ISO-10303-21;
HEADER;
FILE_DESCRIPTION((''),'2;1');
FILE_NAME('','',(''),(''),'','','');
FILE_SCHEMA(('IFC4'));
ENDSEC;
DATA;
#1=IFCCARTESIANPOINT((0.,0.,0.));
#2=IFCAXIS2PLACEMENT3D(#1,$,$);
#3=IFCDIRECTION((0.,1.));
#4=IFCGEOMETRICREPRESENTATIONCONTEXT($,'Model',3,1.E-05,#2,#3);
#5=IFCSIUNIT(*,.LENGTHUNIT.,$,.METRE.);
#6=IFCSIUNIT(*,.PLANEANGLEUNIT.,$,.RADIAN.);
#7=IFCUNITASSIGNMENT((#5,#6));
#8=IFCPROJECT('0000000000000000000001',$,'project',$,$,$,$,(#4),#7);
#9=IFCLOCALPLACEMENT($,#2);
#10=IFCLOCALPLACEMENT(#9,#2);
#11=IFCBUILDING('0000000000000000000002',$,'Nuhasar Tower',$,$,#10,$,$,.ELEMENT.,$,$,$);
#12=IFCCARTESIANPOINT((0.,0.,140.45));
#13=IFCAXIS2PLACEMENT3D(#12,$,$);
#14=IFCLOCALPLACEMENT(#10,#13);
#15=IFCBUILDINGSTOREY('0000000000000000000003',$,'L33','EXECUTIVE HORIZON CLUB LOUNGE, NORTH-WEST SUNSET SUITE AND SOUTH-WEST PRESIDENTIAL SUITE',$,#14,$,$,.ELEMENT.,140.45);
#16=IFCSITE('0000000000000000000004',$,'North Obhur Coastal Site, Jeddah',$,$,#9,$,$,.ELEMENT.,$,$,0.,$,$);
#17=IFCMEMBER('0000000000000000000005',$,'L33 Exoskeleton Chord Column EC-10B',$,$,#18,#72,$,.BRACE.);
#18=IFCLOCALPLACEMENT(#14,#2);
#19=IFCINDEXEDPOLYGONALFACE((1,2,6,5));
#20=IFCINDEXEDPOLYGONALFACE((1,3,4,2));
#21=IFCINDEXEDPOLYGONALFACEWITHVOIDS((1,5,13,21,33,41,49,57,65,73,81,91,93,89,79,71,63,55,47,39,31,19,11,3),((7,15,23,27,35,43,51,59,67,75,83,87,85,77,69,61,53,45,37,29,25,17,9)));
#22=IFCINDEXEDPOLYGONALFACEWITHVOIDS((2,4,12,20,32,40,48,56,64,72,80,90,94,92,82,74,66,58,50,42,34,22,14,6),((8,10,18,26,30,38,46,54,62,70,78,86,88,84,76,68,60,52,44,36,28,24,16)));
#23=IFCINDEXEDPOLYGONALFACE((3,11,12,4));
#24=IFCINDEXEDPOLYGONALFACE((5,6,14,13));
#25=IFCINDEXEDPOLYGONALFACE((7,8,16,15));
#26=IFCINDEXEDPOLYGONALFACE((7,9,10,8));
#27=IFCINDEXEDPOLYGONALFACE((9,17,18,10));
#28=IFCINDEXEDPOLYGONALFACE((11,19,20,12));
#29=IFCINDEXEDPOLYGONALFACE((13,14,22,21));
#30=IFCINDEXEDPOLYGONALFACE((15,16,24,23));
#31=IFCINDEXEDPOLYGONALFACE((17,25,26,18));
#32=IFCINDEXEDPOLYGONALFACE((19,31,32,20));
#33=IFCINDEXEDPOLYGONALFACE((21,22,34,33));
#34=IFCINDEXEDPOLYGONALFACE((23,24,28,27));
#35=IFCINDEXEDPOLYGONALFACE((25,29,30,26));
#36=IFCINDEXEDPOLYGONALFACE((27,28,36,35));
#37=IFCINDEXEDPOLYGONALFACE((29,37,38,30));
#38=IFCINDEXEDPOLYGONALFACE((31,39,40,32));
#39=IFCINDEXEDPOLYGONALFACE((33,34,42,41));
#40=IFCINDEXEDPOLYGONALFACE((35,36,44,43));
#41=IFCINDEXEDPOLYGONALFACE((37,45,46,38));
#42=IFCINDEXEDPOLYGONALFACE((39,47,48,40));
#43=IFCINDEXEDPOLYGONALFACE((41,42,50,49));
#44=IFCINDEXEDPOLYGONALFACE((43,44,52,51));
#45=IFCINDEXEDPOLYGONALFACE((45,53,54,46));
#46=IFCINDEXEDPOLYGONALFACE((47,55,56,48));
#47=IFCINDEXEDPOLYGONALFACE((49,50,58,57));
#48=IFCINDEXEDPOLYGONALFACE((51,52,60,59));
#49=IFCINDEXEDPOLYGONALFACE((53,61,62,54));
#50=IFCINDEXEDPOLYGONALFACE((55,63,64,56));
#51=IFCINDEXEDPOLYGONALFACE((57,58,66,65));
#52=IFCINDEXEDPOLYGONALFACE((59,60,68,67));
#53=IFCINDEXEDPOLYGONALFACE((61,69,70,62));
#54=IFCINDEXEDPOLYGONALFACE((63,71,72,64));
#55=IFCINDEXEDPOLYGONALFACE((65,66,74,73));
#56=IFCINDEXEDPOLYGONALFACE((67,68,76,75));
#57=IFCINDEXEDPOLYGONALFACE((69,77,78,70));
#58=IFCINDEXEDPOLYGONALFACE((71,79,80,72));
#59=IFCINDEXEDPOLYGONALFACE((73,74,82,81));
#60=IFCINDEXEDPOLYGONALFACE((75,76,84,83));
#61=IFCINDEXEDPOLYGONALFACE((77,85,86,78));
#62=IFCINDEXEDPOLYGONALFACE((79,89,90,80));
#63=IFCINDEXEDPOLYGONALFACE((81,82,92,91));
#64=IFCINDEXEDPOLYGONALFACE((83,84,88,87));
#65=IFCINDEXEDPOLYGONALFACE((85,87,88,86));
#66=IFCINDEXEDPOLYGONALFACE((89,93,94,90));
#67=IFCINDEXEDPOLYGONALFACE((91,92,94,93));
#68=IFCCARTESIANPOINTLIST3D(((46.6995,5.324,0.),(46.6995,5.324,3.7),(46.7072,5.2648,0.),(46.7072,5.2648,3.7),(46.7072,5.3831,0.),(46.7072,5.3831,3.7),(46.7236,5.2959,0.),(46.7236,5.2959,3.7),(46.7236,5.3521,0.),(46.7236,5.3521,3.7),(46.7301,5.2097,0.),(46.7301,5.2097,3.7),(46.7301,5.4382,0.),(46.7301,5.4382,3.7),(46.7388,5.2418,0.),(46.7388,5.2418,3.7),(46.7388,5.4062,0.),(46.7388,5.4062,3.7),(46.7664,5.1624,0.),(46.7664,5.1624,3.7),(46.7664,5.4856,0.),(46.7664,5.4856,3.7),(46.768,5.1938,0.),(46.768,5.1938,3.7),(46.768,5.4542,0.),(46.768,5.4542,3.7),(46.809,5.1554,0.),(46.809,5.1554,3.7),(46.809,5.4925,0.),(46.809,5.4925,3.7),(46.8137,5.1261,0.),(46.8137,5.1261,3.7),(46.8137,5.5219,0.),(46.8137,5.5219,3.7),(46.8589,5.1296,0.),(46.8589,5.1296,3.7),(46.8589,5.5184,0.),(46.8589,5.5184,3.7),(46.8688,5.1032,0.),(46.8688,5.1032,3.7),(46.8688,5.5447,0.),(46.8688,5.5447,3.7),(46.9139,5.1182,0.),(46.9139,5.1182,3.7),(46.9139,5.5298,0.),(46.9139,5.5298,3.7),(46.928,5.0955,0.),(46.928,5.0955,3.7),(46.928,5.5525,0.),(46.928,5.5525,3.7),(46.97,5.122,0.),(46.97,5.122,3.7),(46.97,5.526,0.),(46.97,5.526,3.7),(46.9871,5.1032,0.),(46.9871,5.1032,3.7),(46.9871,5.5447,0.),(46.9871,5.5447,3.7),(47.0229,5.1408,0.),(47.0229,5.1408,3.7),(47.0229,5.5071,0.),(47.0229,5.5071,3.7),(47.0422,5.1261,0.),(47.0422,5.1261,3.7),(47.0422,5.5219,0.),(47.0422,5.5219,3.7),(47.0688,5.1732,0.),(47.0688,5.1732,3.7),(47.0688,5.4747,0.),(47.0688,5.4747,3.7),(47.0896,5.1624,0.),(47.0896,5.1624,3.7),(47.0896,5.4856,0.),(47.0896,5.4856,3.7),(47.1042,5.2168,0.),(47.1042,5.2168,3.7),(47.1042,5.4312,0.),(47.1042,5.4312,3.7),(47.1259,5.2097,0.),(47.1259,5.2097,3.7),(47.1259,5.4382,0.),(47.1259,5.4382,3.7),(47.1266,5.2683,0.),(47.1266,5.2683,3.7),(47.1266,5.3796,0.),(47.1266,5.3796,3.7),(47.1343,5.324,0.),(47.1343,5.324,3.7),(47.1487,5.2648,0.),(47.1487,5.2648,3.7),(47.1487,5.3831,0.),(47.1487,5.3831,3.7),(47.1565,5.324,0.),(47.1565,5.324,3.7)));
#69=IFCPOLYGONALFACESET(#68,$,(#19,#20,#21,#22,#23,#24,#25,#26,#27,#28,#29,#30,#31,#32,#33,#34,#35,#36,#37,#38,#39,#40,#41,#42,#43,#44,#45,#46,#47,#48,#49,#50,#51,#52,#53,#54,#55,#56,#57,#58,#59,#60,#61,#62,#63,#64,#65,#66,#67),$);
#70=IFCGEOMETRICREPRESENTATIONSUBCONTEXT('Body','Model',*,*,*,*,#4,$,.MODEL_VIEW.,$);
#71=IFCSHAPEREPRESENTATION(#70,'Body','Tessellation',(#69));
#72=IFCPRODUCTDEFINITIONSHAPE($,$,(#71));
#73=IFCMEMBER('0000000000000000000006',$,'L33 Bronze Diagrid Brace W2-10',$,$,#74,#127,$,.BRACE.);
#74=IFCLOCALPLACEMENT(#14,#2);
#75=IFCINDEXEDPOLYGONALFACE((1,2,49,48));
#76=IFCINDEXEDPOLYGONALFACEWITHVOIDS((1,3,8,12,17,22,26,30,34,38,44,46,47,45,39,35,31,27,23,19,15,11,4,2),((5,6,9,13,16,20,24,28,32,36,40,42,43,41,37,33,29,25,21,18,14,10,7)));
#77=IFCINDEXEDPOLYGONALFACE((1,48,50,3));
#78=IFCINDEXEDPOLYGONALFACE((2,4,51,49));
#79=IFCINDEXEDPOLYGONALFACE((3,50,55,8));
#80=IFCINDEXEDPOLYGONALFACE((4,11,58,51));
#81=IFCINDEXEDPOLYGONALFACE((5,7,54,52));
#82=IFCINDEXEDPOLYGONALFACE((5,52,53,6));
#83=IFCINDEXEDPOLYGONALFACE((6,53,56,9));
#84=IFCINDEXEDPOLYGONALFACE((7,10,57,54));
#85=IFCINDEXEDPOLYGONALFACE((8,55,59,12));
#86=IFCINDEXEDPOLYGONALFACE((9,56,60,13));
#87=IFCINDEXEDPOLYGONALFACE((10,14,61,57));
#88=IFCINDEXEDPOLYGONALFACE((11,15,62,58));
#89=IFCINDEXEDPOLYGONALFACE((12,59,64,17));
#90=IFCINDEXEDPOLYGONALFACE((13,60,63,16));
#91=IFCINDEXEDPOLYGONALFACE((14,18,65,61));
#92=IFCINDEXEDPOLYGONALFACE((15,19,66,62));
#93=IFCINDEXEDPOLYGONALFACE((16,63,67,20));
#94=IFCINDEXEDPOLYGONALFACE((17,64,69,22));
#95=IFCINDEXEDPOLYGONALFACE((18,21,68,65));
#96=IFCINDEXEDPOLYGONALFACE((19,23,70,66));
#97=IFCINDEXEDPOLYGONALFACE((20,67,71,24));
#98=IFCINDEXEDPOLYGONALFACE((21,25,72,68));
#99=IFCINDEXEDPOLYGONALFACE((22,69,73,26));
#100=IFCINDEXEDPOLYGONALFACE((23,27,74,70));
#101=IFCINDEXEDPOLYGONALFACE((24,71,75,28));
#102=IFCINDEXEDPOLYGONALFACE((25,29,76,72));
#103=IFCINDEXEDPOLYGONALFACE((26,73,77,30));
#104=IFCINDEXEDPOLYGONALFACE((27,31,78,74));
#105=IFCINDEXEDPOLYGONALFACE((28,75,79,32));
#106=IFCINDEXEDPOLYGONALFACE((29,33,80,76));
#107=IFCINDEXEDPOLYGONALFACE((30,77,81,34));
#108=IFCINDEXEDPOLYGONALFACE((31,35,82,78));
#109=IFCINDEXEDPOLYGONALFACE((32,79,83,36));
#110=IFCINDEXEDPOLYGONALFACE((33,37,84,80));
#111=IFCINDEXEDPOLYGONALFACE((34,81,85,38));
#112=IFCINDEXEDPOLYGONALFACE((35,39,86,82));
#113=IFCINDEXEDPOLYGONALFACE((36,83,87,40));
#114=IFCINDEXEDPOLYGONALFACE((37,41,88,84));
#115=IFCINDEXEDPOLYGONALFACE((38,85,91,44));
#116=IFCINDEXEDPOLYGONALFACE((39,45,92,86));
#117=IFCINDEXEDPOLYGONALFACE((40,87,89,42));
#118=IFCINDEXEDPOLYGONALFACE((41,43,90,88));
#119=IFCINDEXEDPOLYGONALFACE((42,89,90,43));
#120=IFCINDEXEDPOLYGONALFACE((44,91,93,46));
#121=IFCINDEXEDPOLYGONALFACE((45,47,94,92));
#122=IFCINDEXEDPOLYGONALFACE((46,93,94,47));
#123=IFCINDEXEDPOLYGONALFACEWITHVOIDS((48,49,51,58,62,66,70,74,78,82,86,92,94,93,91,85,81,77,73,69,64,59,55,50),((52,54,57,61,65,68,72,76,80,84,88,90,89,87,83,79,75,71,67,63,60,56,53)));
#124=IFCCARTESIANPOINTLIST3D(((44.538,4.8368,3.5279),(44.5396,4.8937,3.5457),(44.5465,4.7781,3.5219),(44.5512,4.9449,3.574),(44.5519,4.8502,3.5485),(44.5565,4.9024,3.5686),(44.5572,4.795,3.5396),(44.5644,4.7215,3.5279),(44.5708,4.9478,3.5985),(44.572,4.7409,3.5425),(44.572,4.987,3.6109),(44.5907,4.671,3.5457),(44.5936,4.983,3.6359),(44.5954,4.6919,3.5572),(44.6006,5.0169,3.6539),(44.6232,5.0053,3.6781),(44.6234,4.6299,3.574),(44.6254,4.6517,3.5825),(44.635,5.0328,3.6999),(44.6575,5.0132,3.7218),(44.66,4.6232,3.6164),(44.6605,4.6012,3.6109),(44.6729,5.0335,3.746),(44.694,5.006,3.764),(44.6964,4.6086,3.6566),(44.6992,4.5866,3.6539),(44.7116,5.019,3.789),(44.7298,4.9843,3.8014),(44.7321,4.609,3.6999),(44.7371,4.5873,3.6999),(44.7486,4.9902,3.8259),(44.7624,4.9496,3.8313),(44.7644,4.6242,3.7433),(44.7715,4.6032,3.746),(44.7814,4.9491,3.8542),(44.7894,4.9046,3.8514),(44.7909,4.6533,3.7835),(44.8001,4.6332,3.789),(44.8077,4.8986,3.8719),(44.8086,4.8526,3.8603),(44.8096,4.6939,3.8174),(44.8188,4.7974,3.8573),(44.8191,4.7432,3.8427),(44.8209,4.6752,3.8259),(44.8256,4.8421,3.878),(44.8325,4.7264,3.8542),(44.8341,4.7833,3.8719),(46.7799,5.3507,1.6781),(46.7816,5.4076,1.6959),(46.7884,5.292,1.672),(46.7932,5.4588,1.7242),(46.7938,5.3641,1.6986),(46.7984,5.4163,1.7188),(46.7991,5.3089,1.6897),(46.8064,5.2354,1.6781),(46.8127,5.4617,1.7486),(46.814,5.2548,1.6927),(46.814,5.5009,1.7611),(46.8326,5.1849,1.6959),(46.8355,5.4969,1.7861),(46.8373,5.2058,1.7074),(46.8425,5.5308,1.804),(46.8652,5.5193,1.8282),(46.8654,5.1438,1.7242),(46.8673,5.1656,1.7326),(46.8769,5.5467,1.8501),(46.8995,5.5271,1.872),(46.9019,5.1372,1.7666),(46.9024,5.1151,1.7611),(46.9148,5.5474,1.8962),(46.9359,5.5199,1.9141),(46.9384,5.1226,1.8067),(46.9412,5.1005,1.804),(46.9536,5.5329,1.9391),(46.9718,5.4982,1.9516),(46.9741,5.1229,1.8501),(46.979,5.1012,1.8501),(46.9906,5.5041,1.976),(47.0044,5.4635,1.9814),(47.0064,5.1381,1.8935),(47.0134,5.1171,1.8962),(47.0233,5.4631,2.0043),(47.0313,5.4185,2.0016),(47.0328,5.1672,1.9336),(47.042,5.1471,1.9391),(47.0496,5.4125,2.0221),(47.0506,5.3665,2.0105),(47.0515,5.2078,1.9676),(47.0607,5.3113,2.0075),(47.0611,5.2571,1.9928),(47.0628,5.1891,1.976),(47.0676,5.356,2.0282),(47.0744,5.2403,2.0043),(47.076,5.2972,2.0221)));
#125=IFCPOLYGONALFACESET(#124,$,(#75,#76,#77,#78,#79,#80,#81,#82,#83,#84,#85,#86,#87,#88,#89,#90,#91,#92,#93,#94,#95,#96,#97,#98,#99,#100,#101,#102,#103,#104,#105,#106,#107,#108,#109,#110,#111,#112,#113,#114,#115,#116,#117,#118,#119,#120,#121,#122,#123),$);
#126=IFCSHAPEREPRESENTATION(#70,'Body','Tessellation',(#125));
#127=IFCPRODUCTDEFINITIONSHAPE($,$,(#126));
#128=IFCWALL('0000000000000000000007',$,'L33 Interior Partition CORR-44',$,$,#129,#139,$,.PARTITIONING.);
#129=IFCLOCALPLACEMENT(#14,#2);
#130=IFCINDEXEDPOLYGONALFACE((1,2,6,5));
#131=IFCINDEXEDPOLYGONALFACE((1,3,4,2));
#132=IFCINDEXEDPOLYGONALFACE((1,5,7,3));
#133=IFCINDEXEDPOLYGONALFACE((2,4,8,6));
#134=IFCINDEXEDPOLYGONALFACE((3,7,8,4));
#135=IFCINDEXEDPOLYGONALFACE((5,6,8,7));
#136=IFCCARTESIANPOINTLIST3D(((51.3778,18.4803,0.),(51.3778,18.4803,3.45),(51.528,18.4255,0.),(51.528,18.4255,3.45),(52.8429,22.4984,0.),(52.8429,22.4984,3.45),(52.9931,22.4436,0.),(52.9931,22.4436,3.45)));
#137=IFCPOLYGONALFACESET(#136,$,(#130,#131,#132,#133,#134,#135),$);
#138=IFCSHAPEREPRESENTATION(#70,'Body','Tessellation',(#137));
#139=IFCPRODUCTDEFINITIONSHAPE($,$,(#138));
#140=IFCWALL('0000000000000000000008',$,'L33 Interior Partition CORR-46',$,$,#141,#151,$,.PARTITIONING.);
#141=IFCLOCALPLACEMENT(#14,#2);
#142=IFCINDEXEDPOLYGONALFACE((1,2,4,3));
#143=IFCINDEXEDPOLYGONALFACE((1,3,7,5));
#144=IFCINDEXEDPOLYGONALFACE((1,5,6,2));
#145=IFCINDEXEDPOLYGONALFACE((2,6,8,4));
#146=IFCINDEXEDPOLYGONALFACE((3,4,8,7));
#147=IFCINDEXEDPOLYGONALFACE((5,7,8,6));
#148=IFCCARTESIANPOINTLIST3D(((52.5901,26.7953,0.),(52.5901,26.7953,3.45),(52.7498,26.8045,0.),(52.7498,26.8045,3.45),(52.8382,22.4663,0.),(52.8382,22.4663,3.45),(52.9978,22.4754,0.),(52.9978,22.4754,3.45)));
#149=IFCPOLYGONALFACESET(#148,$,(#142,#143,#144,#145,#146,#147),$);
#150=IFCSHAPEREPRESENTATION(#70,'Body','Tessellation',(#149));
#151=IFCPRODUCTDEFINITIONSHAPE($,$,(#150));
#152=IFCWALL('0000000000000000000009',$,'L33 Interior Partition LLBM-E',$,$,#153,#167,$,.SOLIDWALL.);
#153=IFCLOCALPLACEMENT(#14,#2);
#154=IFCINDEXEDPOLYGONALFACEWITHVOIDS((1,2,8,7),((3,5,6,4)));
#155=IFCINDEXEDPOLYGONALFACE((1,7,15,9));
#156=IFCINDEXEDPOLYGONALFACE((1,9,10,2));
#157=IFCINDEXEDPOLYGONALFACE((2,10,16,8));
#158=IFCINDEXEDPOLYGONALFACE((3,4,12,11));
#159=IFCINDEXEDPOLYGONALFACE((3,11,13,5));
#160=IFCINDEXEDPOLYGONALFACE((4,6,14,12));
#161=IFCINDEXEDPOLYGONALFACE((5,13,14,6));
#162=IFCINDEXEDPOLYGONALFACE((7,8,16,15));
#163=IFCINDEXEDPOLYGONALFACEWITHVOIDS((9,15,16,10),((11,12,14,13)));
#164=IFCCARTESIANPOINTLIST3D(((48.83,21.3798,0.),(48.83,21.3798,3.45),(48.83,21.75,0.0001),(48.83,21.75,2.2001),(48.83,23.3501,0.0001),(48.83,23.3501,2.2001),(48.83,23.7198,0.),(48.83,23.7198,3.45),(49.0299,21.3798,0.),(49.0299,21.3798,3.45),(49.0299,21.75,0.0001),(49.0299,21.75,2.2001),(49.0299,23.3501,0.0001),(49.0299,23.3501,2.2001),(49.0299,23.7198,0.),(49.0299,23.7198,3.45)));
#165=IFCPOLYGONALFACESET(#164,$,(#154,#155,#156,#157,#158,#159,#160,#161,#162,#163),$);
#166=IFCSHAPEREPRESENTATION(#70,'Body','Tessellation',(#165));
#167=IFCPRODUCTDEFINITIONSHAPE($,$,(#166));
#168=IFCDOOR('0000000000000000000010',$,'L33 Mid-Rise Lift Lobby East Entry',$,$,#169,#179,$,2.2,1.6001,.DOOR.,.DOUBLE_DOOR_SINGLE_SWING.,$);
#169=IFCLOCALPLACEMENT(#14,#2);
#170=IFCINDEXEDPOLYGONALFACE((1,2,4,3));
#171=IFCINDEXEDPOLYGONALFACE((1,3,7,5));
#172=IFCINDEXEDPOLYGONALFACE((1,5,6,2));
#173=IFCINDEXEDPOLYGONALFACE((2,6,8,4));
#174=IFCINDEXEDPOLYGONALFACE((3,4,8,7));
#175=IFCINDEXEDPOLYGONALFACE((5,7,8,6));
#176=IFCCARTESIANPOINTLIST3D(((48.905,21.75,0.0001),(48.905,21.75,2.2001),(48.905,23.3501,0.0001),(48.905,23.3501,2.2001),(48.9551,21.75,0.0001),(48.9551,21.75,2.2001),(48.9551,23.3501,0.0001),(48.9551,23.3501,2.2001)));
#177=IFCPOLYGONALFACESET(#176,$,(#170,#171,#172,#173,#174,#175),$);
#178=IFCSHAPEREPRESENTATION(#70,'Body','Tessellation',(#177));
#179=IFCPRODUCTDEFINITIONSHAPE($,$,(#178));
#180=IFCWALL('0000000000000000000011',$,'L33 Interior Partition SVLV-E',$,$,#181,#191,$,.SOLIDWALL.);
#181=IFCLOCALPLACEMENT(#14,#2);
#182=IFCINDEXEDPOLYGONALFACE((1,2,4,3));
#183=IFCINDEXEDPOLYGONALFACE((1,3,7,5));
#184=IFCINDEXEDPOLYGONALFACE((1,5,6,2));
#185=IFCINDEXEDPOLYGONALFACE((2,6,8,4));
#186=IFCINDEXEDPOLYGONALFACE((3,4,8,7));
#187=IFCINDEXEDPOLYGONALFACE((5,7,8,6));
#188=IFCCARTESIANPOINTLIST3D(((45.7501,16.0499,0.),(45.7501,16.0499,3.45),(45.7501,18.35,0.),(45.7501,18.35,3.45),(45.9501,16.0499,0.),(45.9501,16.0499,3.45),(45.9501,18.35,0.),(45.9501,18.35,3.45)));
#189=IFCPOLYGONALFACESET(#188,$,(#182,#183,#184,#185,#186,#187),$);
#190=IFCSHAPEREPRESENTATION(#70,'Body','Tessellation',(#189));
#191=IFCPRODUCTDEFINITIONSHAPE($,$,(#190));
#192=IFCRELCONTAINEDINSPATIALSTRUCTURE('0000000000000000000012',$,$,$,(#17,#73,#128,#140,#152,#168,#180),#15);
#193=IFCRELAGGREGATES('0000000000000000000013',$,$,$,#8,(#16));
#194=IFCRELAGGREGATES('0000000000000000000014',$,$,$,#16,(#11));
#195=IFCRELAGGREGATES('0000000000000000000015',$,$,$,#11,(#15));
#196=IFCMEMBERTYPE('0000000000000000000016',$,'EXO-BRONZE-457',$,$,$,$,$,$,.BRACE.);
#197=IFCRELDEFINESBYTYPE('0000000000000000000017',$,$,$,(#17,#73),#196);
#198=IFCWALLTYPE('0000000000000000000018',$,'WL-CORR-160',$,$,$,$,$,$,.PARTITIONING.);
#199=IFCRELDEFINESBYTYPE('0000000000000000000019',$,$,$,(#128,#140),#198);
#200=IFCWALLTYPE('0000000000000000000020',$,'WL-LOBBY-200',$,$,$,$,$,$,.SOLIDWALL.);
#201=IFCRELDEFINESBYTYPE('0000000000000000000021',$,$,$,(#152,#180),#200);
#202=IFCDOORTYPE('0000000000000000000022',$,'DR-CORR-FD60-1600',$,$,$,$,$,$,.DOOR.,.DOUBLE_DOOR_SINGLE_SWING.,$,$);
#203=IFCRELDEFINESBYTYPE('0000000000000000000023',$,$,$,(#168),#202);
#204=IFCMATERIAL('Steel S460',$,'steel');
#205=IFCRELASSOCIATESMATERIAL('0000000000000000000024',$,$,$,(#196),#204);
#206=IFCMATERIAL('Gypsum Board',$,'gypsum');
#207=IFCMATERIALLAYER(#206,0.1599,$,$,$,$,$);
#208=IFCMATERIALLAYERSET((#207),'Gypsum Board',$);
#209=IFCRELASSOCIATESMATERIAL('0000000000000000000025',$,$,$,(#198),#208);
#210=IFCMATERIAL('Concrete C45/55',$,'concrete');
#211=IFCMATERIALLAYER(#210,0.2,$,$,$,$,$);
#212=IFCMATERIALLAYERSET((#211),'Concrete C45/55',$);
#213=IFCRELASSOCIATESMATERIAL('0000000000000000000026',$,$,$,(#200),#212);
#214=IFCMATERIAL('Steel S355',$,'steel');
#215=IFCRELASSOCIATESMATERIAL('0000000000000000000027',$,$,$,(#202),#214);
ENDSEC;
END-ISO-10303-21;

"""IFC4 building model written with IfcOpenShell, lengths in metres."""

from ifc_helpers import new_model, si_unit, direction, frame, frame_2d, origin, origin_2d, place, context, subcontext, project, spatial, rectangle, hollow_circle, extrude, material, layer, layer_set, material_profile, profile_set, type_object, element, fill, save


model = new_model("IFC4")

# Units and contexts
model_context = context("Model", 3, precision=1e-05, world=origin(), true_north=direction((0.0, 1.0)))
body_context = subcontext(model_context, "Body", "Model", "MODEL_VIEW")
ifc_project = project(units=[si_unit("LENGTHUNIT", "METRE"), si_unit("PLANEANGLEUNIT", "RADIAN")], contexts=[model_context])

# Site, building, storey
site_placement = place(None, origin())
site = spatial("IfcSite", under=ifc_project, at=site_placement, Name="North Obhur Coastal Site, Jeddah", CompositionType="ELEMENT", RefElevation=0.0)
building_placement = place(site_placement, origin())
building = spatial("IfcBuilding", under=site, at=building_placement, Name="Nuhasar Tower", CompositionType="ELEMENT")
storey_placement = place(building_placement, frame((0.0, 0.0, 140.45)))
storey = spatial("IfcBuildingStorey", under=building, at=storey_placement, Name="L33", Description="EXECUTIVE HORIZON CLUB LOUNGE, NORTH-WEST SUNSET SUITE AND SOUTH-WEST PRESIDENTIAL SUITE", CompositionType="ELEMENT", Elevation=140.45)

# Shared definitions
ifc_material_1 = material(Name="Steel S355", Category="steel")

# Members
ifc_material_2 = material(Name="Steel S460", Category="steel")
ifc_material_profile_1 = material_profile(ifc_material_2, hollow_circle(Radius=0.2285, WallThickness=0.0222, at=origin_2d()), Name="HSS457X22.2")
ifc_profile_set_1 = profile_set([ifc_material_profile_1], Name="Steel S460")
member_type_1 = type_object("IfcMemberType", Name="EXO-BRONZE-457", PredefinedType="BRACE", material=ifc_profile_set_1)
member_1_placement = place(storey_placement, frame((46.928, 5.324, 0.0), z_axis=(0.0, 0.0, 1.0), x_axis=(1.0, 0.0, 0.0)))
element("IfcMember", 1, at=member_1_placement, inside=storey, type_object=member_type_1, Name="L33 Exoskeleton Chord Column EC-10B", PredefinedType="BRACE", context=body_context, shape_type="SweptSolid", body=[
    extrude(hollow_circle(Radius=0.2285, WallThickness=0.0222, at=origin_2d()), origin(), (0.0, 0.0, 1.0), 3.7),
])
member_2_placement = place(storey_placement, frame((46.928, 5.324, 1.8501), z_axis=(-0.75955, -0.17411, 0.626713), x_axis=(0.223433, -0.974719, 0.0)))
element("IfcMember", 2, at=member_2_placement, inside=storey, type_object=member_type_1, Name="L33 Bronze Diagrid Brace W2-10", PredefinedType="BRACE", context=body_context, shape_type="SweptSolid", body=[
    extrude(hollow_circle(Radius=0.2285, WallThickness=0.0222, at=origin_2d()), origin(), (0.0, 0.0, 1.0), 2.9517),
])

# Shared definitions
ifc_material_3 = material(Name="Gypsum Board", Category="gypsum")
ifc_layer_1 = layer(ifc_material_3, 0.1599)
ifc_layer_set_1 = layer_set([ifc_layer_1], Name="Gypsum Board")
wall_type_1 = type_object("IfcWallType", Name="WL-CORR-160", PredefinedType="PARTITIONING", material=ifc_layer_set_1)

# Walls
wall_1_placement = place(storey_placement, frame((51.4529, 18.4529, 0.0), z_axis=(0.0, 0.0, 1.0), x_axis=(0.342563, 0.939495, 0.0)))
element("IfcWall", 3, at=wall_1_placement, inside=storey, type_object=wall_type_1, Name="L33 Interior Partition CORR-44", PredefinedType="PARTITIONING", context=body_context, shape_type="SweptSolid", body=[
    extrude(rectangle(XDim=4.2769, YDim=0.1599, at=frame_2d((2.1384, 0.0))), origin(), (0.0, 0.0, 1.0), 3.45),
])
wall_2_placement = place(storey_placement, frame((52.918, 22.4709, 0.0), z_axis=(0.0, 0.0, 1.0), x_axis=(-0.057204, 0.998363, 0.0)))
element("IfcWall", 4, at=wall_2_placement, inside=storey, type_object=wall_type_1, Name="L33 Interior Partition CORR-46", PredefinedType="PARTITIONING", context=body_context, shape_type="SweptSolid", body=[
    extrude(rectangle(XDim=4.3362, YDim=0.1599, at=frame_2d((2.168, 0.0))), origin(), (0.0, 0.0, 1.0), 3.45),
])

# Wall, opening, door
ifc_material_4 = material(Name="Concrete C45/55", Category="concrete")
ifc_layer_2 = layer(ifc_material_4, 0.2)
ifc_layer_set_2 = layer_set([ifc_layer_2], Name="Concrete C45/55")
wall_type_2 = type_object("IfcWallType", Name="WL-LOBBY-200", PredefinedType="SOLIDWALL", material=ifc_layer_set_2)
wall_3_placement = place(storey_placement, frame((48.9299, 21.3799, 0.0), z_axis=(0.0, 0.0, 1.0), x_axis=(0.0, 1.0, 0.0)))
wall_3 = element("IfcWall", 5, at=wall_3_placement, inside=storey, type_object=wall_type_2, Name="L33 Interior Partition LLBM-E", PredefinedType="SOLIDWALL", context=body_context, shape_type="SweptSolid", body=[
    extrude(rectangle(XDim=2.3401, YDim=0.2, at=frame_2d((1.1699, 0.0))), origin(), (0.0, 0.0, 1.0), 3.45),
])
opening_1_placement = place(wall_3_placement, frame((0.3701, 0.0, 0.0)))
opening_1 = element("IfcOpeningElement", 6, at=opening_1_placement, cuts=wall_3, PredefinedType="OPENING", context=body_context, shape_type="SweptSolid", body=[
    extrude(rectangle(XDim=1.6001, YDim=2.2, at=frame_2d((0.8, 1.1001))), frame((0.0, 0.1099, 0.0), z_axis=(0.0, -1.0, 0.0), x_axis=(1.0, 0.0, 0.0)), (0.0, 0.0, 1.0), 0.22),
])
door_type_1 = type_object("IfcDoorType", Name="DR-CORR-FD60-1600", OperationType="DOUBLE_DOOR_SINGLE_SWING", PredefinedType="DOOR", material=ifc_material_1)
door_1_placement = place(opening_1_placement, origin())
door_1 = element("IfcDoor", 7, at=door_1_placement, inside=storey, type_object=door_type_1, Name="L33 Mid-Rise Lift Lobby East Entry", OperationType="DOUBLE_DOOR_SINGLE_SWING", OverallHeight=2.2, OverallWidth=1.6001, PredefinedType="DOOR", context=body_context, shape_type="SweptSolid", body=[
    extrude(rectangle(XDim=1.6001, YDim=2.2, at=frame_2d((0.8, 1.1001))), frame((0.0, 0.0249, 0.0), z_axis=(0.0, -1.0, 0.0), x_axis=(1.0, 0.0, 0.0)), (0.0, 0.0, 1.0), 0.05),
])
fill(opening_1, door_1)

# Wall
wall_4_placement = place(storey_placement, frame((45.8501, 16.05, 0.0), z_axis=(0.0, 0.0, 1.0), x_axis=(0.0, 1.0, 0.0)))
element("IfcWall", 8, at=wall_4_placement, inside=storey, type_object=wall_type_2, Name="L33 Interior Partition SVLV-E", PredefinedType="SOLIDWALL", context=body_context, shape_type="SweptSolid", body=[
    extrude(rectangle(XDim=2.3, YDim=0.2, at=frame_2d((1.1499, 0.0))), origin(), (0.0, 0.0, 1.0), 3.45),
])

save(model, "model.ifc")
